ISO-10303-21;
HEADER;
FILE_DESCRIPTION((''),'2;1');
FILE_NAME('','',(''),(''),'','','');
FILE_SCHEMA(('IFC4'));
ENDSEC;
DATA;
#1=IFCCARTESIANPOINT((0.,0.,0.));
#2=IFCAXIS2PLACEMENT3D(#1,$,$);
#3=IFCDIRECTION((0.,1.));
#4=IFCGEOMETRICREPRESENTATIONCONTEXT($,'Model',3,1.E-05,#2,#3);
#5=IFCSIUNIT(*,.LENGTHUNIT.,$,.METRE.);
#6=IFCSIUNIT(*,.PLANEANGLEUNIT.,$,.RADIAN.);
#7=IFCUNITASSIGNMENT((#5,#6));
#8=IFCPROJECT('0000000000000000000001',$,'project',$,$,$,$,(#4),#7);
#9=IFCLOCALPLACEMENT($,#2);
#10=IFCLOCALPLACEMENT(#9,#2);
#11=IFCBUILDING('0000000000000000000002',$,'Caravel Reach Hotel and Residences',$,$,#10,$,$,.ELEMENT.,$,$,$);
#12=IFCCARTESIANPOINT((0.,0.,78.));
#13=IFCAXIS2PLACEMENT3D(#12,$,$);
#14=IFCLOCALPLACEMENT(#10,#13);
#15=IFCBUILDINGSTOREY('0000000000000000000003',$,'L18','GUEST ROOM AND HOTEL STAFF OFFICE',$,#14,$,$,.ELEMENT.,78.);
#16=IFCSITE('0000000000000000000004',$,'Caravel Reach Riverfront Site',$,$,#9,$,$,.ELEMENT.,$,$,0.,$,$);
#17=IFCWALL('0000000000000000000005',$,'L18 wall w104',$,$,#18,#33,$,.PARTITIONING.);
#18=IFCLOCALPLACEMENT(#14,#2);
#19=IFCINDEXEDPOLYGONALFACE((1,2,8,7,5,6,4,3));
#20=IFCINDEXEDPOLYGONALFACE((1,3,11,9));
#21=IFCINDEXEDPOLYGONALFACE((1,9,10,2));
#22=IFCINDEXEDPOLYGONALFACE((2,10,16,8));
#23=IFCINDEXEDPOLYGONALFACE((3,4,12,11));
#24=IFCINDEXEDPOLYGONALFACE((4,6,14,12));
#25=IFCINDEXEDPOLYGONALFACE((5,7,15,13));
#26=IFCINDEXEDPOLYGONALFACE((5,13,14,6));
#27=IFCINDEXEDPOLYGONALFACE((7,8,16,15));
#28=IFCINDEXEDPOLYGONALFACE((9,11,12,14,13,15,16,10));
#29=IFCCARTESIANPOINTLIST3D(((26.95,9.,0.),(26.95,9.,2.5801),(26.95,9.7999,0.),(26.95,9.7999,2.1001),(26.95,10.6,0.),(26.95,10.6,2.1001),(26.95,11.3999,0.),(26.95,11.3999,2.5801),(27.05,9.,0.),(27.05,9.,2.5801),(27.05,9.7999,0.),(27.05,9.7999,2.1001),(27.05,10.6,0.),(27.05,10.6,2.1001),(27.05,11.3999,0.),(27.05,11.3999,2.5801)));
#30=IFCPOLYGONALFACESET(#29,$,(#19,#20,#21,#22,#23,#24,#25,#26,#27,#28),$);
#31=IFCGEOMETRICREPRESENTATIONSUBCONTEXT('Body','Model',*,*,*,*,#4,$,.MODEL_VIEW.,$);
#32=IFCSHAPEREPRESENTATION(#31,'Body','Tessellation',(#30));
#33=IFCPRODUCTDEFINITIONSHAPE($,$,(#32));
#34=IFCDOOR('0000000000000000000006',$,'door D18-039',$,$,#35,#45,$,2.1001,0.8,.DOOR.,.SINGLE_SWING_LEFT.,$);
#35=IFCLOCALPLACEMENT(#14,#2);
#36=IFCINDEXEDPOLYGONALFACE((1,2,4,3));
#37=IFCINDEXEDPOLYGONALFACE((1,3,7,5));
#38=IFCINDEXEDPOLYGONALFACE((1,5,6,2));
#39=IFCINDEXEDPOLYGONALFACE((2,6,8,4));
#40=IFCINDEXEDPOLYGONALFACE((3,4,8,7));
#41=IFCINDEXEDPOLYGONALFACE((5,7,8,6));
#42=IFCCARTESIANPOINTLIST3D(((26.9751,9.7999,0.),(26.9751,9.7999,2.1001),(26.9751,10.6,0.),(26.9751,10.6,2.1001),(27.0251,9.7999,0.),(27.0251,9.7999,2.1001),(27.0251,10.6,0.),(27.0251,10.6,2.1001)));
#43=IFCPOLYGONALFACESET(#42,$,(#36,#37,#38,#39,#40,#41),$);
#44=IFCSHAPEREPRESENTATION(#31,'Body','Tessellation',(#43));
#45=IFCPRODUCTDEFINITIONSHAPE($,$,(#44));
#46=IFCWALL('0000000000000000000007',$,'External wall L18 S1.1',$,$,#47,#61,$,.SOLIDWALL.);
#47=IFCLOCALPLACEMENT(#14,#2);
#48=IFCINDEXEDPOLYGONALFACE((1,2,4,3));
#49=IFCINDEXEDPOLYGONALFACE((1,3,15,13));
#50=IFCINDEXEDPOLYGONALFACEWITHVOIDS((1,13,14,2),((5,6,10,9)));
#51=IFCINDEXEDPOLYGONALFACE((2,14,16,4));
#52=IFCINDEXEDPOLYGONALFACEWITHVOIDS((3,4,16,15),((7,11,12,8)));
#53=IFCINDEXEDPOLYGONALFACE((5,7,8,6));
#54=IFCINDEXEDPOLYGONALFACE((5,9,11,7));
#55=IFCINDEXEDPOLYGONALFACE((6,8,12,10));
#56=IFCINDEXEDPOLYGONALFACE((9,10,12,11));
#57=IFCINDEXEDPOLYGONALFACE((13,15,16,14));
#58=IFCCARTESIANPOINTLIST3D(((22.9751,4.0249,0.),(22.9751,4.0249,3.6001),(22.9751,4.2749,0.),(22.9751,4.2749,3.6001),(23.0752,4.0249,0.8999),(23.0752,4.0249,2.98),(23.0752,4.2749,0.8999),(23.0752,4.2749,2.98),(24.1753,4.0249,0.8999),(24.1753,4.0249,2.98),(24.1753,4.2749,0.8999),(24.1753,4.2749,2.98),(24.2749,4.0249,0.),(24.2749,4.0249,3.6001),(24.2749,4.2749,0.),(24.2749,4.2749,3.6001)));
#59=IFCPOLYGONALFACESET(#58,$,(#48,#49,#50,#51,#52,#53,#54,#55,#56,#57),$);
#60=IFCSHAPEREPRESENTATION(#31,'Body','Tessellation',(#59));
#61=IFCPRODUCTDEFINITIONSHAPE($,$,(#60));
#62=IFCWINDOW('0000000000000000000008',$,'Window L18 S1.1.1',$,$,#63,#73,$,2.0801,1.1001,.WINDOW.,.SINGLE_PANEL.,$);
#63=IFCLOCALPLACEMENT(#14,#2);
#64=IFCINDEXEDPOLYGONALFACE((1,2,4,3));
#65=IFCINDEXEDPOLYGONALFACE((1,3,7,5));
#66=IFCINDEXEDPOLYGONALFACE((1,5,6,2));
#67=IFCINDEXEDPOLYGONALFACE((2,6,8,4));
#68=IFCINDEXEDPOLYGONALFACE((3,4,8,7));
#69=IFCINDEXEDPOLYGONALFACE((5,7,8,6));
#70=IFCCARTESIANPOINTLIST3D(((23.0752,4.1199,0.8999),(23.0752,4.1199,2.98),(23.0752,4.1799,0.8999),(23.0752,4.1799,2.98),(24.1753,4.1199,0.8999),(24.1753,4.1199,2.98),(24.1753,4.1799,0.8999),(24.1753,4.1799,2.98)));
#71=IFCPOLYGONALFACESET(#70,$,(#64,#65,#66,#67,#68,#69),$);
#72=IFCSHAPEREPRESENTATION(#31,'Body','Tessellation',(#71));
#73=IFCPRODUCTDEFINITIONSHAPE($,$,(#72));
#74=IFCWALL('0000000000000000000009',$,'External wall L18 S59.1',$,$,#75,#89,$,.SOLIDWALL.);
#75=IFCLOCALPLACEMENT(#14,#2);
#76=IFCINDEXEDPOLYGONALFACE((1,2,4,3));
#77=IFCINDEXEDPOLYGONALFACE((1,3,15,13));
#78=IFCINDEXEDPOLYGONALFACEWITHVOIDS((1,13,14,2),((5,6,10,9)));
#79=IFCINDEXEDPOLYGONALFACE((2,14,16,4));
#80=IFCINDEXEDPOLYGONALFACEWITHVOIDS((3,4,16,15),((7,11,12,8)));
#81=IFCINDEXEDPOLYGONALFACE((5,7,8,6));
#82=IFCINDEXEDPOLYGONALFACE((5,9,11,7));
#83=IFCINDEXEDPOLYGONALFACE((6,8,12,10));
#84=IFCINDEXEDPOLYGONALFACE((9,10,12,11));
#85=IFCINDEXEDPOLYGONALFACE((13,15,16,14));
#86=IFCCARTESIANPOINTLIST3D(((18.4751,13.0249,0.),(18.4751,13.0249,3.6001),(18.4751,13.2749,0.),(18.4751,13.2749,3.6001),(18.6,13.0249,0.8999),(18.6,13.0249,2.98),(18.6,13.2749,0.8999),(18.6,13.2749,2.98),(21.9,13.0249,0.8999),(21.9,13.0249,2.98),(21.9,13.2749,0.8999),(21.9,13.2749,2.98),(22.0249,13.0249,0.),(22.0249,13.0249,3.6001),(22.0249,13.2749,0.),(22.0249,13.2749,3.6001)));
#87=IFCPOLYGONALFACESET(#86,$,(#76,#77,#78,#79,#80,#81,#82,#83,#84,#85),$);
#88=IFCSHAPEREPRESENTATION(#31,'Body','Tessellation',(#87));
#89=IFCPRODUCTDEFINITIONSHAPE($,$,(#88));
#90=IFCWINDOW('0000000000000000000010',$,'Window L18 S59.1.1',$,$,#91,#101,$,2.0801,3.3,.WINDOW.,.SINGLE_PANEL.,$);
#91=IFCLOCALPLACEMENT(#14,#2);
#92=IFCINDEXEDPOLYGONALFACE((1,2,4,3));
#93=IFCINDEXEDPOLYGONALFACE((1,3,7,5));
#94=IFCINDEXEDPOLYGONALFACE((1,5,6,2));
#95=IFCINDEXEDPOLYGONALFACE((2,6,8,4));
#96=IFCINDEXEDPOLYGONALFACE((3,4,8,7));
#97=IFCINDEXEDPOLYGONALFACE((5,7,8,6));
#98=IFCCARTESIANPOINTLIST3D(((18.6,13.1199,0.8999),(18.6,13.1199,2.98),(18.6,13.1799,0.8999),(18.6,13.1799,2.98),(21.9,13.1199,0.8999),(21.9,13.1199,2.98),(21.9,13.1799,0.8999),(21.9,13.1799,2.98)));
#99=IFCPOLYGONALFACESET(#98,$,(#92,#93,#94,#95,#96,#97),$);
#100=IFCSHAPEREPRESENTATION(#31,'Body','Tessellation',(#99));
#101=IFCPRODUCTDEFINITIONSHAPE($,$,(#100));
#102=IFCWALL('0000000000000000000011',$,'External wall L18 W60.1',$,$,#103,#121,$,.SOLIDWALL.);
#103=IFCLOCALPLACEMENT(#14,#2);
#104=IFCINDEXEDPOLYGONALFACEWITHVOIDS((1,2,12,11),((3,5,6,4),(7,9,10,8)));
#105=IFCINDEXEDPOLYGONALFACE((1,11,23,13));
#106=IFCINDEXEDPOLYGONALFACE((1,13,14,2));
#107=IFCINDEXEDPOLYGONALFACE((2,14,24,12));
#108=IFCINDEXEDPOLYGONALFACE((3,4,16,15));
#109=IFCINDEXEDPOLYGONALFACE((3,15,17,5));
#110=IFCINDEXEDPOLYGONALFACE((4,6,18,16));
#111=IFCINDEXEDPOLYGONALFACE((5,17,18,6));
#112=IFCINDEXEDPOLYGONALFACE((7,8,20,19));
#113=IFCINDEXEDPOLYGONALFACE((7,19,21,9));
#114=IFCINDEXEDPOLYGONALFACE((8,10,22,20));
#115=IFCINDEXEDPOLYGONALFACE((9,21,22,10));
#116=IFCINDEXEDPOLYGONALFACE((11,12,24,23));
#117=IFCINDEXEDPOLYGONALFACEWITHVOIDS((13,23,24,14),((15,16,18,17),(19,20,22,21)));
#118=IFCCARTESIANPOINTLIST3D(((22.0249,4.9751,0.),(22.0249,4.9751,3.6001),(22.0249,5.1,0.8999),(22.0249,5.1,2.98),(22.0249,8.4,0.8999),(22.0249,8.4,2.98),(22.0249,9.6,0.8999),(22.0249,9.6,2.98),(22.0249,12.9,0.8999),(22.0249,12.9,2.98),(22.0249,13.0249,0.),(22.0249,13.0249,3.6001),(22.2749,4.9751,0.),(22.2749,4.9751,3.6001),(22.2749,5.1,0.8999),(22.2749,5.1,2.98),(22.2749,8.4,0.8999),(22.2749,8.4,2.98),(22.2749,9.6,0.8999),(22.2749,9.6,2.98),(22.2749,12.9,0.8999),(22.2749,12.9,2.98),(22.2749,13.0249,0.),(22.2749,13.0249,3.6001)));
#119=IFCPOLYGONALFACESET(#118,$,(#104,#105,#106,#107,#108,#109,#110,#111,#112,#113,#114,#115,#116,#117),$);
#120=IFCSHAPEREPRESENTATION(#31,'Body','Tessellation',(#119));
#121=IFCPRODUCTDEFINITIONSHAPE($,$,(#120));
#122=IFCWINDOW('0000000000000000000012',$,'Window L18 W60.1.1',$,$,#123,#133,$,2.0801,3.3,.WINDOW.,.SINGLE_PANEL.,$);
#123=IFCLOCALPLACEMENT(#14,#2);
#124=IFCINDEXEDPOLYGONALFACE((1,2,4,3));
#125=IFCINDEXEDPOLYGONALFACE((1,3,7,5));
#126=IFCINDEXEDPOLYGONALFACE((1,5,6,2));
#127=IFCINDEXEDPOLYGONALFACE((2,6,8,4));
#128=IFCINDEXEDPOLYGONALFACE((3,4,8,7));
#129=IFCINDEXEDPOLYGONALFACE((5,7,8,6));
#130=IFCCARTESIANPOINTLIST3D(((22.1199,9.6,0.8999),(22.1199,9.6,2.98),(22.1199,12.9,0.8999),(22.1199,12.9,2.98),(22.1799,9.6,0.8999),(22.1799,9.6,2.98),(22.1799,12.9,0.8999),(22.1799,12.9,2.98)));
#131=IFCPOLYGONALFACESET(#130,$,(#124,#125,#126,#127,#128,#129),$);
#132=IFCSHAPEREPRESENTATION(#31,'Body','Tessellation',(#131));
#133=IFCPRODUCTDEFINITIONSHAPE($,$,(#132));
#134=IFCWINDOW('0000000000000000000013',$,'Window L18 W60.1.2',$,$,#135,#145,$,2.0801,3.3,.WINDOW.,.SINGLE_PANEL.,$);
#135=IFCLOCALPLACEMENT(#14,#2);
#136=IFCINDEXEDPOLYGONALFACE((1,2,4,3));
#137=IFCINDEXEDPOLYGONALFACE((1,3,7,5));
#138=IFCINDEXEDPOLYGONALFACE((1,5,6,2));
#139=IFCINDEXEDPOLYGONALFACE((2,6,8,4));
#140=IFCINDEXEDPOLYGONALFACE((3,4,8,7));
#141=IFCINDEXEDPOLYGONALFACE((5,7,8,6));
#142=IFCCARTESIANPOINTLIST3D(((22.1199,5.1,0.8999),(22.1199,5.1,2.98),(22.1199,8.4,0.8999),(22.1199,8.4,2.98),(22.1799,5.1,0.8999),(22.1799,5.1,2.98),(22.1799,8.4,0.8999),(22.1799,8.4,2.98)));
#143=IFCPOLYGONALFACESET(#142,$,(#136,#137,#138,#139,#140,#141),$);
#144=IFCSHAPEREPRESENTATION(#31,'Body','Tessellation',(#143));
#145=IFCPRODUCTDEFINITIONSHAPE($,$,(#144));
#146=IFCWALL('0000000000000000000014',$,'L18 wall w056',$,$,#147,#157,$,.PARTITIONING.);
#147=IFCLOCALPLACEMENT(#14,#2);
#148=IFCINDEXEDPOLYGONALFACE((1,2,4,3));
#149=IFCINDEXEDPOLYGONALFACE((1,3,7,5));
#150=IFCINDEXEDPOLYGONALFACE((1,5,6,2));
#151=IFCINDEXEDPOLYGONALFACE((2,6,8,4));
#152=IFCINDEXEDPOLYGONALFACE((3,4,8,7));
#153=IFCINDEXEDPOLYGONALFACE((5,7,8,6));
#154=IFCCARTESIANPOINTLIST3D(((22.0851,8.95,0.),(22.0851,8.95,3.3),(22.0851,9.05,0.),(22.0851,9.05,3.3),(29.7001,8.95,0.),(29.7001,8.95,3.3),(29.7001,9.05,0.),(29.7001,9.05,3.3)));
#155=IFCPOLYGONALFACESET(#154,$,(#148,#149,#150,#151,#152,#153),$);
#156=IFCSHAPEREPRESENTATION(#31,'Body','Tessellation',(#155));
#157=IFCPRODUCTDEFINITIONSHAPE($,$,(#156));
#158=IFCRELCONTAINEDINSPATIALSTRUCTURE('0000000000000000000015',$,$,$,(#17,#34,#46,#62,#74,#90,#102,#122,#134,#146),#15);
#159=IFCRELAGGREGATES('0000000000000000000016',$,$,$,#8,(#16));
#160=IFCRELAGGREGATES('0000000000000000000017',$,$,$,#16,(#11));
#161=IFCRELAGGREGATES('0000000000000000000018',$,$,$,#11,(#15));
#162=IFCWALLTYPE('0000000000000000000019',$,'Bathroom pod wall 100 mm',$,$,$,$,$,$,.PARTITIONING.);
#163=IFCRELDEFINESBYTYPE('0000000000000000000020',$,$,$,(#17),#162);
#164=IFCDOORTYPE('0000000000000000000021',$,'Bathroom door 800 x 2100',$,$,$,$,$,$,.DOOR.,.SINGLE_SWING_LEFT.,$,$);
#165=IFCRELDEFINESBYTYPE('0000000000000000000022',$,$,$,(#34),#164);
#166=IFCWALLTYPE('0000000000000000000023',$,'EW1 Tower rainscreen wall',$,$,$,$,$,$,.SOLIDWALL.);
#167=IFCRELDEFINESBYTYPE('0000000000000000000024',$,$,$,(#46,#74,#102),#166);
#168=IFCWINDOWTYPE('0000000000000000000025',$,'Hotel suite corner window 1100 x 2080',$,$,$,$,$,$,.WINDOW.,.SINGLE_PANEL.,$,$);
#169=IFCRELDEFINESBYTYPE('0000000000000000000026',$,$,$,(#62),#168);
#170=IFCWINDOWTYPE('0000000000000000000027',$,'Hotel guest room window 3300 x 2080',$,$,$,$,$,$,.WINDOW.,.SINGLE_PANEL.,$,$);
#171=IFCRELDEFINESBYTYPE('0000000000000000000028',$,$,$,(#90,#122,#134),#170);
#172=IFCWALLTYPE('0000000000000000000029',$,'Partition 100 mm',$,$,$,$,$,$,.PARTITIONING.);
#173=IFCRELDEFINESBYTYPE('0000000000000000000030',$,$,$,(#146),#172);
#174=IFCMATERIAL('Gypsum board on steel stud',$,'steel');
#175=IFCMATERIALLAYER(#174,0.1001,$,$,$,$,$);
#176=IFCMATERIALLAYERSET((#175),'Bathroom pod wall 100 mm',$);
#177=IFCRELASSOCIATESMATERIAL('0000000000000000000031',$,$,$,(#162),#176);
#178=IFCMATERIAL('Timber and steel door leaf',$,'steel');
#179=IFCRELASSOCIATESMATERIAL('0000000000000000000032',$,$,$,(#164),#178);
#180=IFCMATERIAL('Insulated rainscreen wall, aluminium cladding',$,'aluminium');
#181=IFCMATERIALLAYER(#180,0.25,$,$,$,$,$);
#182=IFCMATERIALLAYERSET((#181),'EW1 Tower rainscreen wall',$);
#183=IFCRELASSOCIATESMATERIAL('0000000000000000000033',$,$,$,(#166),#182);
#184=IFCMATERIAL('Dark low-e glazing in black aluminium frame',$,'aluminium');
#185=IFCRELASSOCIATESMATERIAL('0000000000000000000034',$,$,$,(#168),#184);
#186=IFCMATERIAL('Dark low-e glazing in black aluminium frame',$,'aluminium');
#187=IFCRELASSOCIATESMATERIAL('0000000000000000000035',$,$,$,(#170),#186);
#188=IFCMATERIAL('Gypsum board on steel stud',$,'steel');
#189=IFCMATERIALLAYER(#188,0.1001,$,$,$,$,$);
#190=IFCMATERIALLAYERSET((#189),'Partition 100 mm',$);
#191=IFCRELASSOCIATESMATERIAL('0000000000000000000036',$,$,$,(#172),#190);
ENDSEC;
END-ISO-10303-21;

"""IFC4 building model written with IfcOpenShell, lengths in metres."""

from ifc_helpers import new_model, si_unit, direction, frame, frame_2d, origin, place, context, subcontext, project, spatial, rectangle, extrude, material, layer, layer_set, type_object, element, fill, save


model = new_model("IFC4")

# Units and contexts
model_context = context("Model", 3, precision=1e-05, world=origin(), true_north=direction((0.0, 1.0)))
body_context = subcontext(model_context, "Body", "Model", "MODEL_VIEW")
ifc_project = project(units=[si_unit("LENGTHUNIT", "METRE"), si_unit("PLANEANGLEUNIT", "RADIAN")], contexts=[model_context])

# Site, building, storey
site_placement = place(None, origin())
site = spatial("IfcSite", under=ifc_project, at=site_placement, Name="Caravel Reach Riverfront Site", CompositionType="ELEMENT", RefElevation=0.0)
building_placement = place(site_placement, origin())
building = spatial("IfcBuilding", under=site, at=building_placement, Name="Caravel Reach Hotel and Residences", CompositionType="ELEMENT")
storey_placement = place(building_placement, frame((0.0, 0.0, 78.0)))
storey = spatial("IfcBuildingStorey", under=building, at=storey_placement, Name="L18", Description="GUEST ROOM AND HOTEL STAFF OFFICE", CompositionType="ELEMENT", Elevation=78.0)

# Shared definitions
ifc_material_1 = material(Name="Gypsum board on steel stud", Category="steel")
ifc_layer_1 = layer(ifc_material_1, 0.1001)
ifc_layer_set_1 = layer_set([ifc_layer_1], Name="Bathroom pod wall 100 mm")
wall_type_1 = type_object("IfcWallType", Name="Bathroom pod wall 100 mm", PredefinedType="PARTITIONING", material=ifc_layer_set_1)

# Wall, opening, door
wall_1_placement = place(storey_placement, frame((27.0, 9.0, 0.0), z_axis=(0.0, 0.0, 1.0), x_axis=(0.0, 1.0, 0.0)))
wall_1 = element("IfcWall", 1, at=wall_1_placement, inside=storey, type_object=wall_type_1, Name="L18 wall w104", PredefinedType="PARTITIONING", context=body_context, shape_type="SweptSolid", body=[
    extrude(rectangle(XDim=2.3999, YDim=0.1001, at=frame_2d((1.2, 0.0))), origin(), (0.0, 0.0, 1.0), 2.5801),
])
opening_1_placement = place(wall_1_placement, frame((0.8, 0.0, 0.0)))
opening_1 = element("IfcOpeningElement", 2, at=opening_1_placement, cuts=wall_1, PredefinedType="OPENING", context=body_context, shape_type="SweptSolid", body=[
    extrude(rectangle(XDim=0.8, YDim=2.1001, at=frame_2d((0.3999, 1.05))), frame((0.0, 0.0601, 0.0), z_axis=(0.0, -1.0, 0.0), x_axis=(1.0, 0.0, 0.0)), (0.0, 0.0, 1.0), 0.1201),
])
ifc_material_2 = material(Name="Timber and steel door leaf", Category="steel")
door_type = type_object("IfcDoorType", Name="Bathroom door 800 x 2100", OperationType="SINGLE_SWING_LEFT", PredefinedType="DOOR", material=ifc_material_2)
door_placement = place(opening_1_placement, origin())
door = element("IfcDoor", 3, at=door_placement, inside=storey, type_object=door_type, Name="door D18-039", OperationType="SINGLE_SWING_LEFT", OverallHeight=2.1001, OverallWidth=0.8, PredefinedType="DOOR", context=body_context, shape_type="SweptSolid", body=[
    extrude(rectangle(XDim=0.8, YDim=2.1001, at=frame_2d((0.3999, 1.05))), frame((0.0, 0.0249, 0.0), z_axis=(0.0, -1.0, 0.0), x_axis=(1.0, 0.0, 0.0)), (0.0, 0.0, 1.0), 0.05),
])
fill(opening_1, door)

# Walls, openings, windows
ifc_material_3 = material(Name="Insulated rainscreen wall, aluminium cladding", Category="aluminium")
ifc_layer_2 = layer(ifc_material_3, 0.25)
ifc_layer_set_2 = layer_set([ifc_layer_2], Name="EW1 Tower rainscreen wall")
wall_type_2 = type_object("IfcWallType", Name="EW1 Tower rainscreen wall", PredefinedType="SOLIDWALL", material=ifc_layer_set_2)
wall_2_placement = place(storey_placement, frame((22.9751, 4.1499, 0.0), z_axis=(0.0, 0.0, 1.0), x_axis=(1.0, 0.0, 0.0)))
wall_2 = element("IfcWall", 4, at=wall_2_placement, inside=storey, type_object=wall_type_2, Name="External wall L18 S1.1", PredefinedType="SOLIDWALL", context=body_context, shape_type="SweptSolid", body=[
    extrude(rectangle(XDim=1.2998, YDim=0.25, at=frame_2d((0.6499, 0.0))), origin(), (0.0, 0.0, 1.0), 3.6001),
])
opening_2_placement = place(wall_2_placement, frame((0.1001, 0.0, 0.8999)))
opening_2 = element("IfcOpeningElement", 5, at=opening_2_placement, cuts=wall_2, PredefinedType="OPENING", context=body_context, shape_type="SweptSolid", body=[
    extrude(rectangle(XDim=1.1001, YDim=2.0801, at=frame_2d((0.55, 1.04))), frame((0.0, 0.135, 0.0), z_axis=(0.0, -1.0, 0.0), x_axis=(1.0, 0.0, 0.0)), (0.0, 0.0, 1.0), 0.27),
])
ifc_material_4 = material(Name="Dark low-e glazing in black aluminium frame", Category="aluminium")
window_type_1 = type_object("IfcWindowType", Name="Hotel suite corner window 1100 x 2080", PartitioningType="SINGLE_PANEL", PredefinedType="WINDOW", material=ifc_material_4)
window_1_placement = place(opening_2_placement, origin())
window_1 = element("IfcWindow", 6, at=window_1_placement, inside=storey, type_object=window_type_1, Name="Window L18 S1.1.1", OverallHeight=2.0801, OverallWidth=1.1001, PartitioningType="SINGLE_PANEL", PredefinedType="WINDOW", context=body_context, shape_type="SweptSolid", body=[
    extrude(rectangle(XDim=1.1001, YDim=2.0801, at=frame_2d((0.55, 1.04))), frame((0.0, 0.03, 0.0), z_axis=(0.0, -1.0, 0.0), x_axis=(1.0, 0.0, 0.0)), (0.0, 0.0, 1.0), 0.0601),
])
fill(opening_2, window_1)
wall_3_placement = place(storey_placement, frame((18.4751, 13.1499, 0.0), z_axis=(0.0, 0.0, 1.0), x_axis=(1.0, 0.0, 0.0)))
wall_3 = element("IfcWall", 7, at=wall_3_placement, inside=storey, type_object=wall_type_2, Name="External wall L18 S59.1", PredefinedType="SOLIDWALL", context=body_context, shape_type="SweptSolid", body=[
    extrude(rectangle(XDim=3.5498, YDim=0.25, at=frame_2d((1.7749, 0.0))), origin(), (0.0, 0.0, 1.0), 3.6001),
])
opening_3_placement = place(wall_3_placement, frame((0.125, 0.0, 0.8999)))
opening_3 = element("IfcOpeningElement", 8, at=opening_3_placement, cuts=wall_3, PredefinedType="OPENING", context=body_context, shape_type="SweptSolid", body=[
    extrude(rectangle(XDim=3.3, YDim=2.0801, at=frame_2d((1.6499, 1.04))), frame((0.0, 0.135, 0.0), z_axis=(0.0, -1.0, 0.0), x_axis=(1.0, 0.0, 0.0)), (0.0, 0.0, 1.0), 0.27),
])
ifc_material_5 = material(Name="Dark low-e glazing in black aluminium frame", Category="aluminium")
window_type_2 = type_object("IfcWindowType", Name="Hotel guest room window 3300 x 2080", PartitioningType="SINGLE_PANEL", PredefinedType="WINDOW", material=ifc_material_5)
window_2_placement = place(opening_3_placement, origin())
window_2 = element("IfcWindow", 9, at=window_2_placement, inside=storey, type_object=window_type_2, Name="Window L18 S59.1.1", OverallHeight=2.0801, OverallWidth=3.3, PartitioningType="SINGLE_PANEL", PredefinedType="WINDOW", context=body_context, shape_type="SweptSolid", body=[
    extrude(rectangle(XDim=3.3, YDim=2.0801, at=frame_2d((1.6499, 1.04))), frame((0.0, 0.03, 0.0), z_axis=(0.0, -1.0, 0.0), x_axis=(1.0, 0.0, 0.0)), (0.0, 0.0, 1.0), 0.0601),
])
fill(opening_3, window_2)

# Wall, openings, windows
wall_4_placement = place(storey_placement, frame((22.1499, 13.0249, 0.0), z_axis=(0.0, 0.0, 1.0), x_axis=(0.0, -1.0, 0.0)))
wall_4 = element("IfcWall", 10, at=wall_4_placement, inside=storey, type_object=wall_type_2, Name="External wall L18 W60.1", PredefinedType="SOLIDWALL", context=body_context, shape_type="SweptSolid", body=[
    extrude(rectangle(XDim=8.0498, YDim=0.25, at=frame_2d((4.0249, 0.0))), origin(), (0.0, 0.0, 1.0), 3.6001),
])
opening_4_placement = place(wall_4_placement, frame((0.125, 0.0, 0.8999)))
opening_4 = element("IfcOpeningElement", 11, at=opening_4_placement, cuts=wall_4, PredefinedType="OPENING", context=body_context, shape_type="SweptSolid", body=[
    extrude(rectangle(XDim=3.3, YDim=2.0801, at=frame_2d((1.6499, 1.04))), frame((0.0, 0.135, 0.0), z_axis=(0.0, -1.0, 0.0), x_axis=(1.0, 0.0, 0.0)), (0.0, 0.0, 1.0), 0.27),
])
opening_5_placement = place(wall_4_placement, frame((4.625, 0.0, 0.8999)))
opening_5 = element("IfcOpeningElement", 12, at=opening_5_placement, cuts=wall_4, PredefinedType="OPENING", context=body_context, shape_type="SweptSolid", body=[
    extrude(rectangle(XDim=3.3, YDim=2.0801, at=frame_2d((1.6499, 1.04))), frame((0.0, 0.135, 0.0), z_axis=(0.0, -1.0, 0.0), x_axis=(1.0, 0.0, 0.0)), (0.0, 0.0, 1.0), 0.27),
])
window_3_placement = place(opening_4_placement, origin())
window_3 = element("IfcWindow", 13, at=window_3_placement, inside=storey, type_object=window_type_2, Name="Window L18 W60.1.1", OverallHeight=2.0801, OverallWidth=3.3, PartitioningType="SINGLE_PANEL", PredefinedType="WINDOW", context=body_context, shape_type="SweptSolid", body=[
    extrude(rectangle(XDim=3.3, YDim=2.0801, at=frame_2d((1.6499, 1.04))), frame((0.0, 0.03, 0.0), z_axis=(0.0, -1.0, 0.0), x_axis=(1.0, 0.0, 0.0)), (0.0, 0.0, 1.0), 0.0601),
])
fill(opening_4, window_3)
window_4_placement = place(opening_5_placement, origin())
window_4 = element("IfcWindow", 14, at=window_4_placement, inside=storey, type_object=window_type_2, Name="Window L18 W60.1.2", OverallHeight=2.0801, OverallWidth=3.3, PartitioningType="SINGLE_PANEL", PredefinedType="WINDOW", context=body_context, shape_type="SweptSolid", body=[
    extrude(rectangle(XDim=3.3, YDim=2.0801, at=frame_2d((1.6499, 1.04))), frame((0.0, 0.03, 0.0), z_axis=(0.0, -1.0, 0.0), x_axis=(1.0, 0.0, 0.0)), (0.0, 0.0, 1.0), 0.0601),
])
fill(opening_5, window_4)

# Wall
ifc_material_6 = material(Name="Gypsum board on steel stud", Category="steel")
ifc_layer_3 = layer(ifc_material_6, 0.1001)
ifc_layer_set_3 = layer_set([ifc_layer_3], Name="Partition 100 mm")
wall_type_3 = type_object("IfcWallType", Name="Partition 100 mm", PredefinedType="PARTITIONING", material=ifc_layer_set_3)
wall_5_placement = place(storey_placement, frame((22.085, 9.0, 0.0), z_axis=(0.0, 0.0, 1.0), x_axis=(1.0, 0.0, 0.0)))
element("IfcWall", 15, at=wall_5_placement, inside=storey, type_object=wall_type_3, Name="L18 wall w056", PredefinedType="PARTITIONING", context=body_context, shape_type="SweptSolid", body=[
    extrude(rectangle(XDim=7.615, YDim=0.1001, at=frame_2d((3.8076, 0.0))), origin(), (0.0, 0.0, 1.0), 3.3),
])

save(model, "model.ifc")
